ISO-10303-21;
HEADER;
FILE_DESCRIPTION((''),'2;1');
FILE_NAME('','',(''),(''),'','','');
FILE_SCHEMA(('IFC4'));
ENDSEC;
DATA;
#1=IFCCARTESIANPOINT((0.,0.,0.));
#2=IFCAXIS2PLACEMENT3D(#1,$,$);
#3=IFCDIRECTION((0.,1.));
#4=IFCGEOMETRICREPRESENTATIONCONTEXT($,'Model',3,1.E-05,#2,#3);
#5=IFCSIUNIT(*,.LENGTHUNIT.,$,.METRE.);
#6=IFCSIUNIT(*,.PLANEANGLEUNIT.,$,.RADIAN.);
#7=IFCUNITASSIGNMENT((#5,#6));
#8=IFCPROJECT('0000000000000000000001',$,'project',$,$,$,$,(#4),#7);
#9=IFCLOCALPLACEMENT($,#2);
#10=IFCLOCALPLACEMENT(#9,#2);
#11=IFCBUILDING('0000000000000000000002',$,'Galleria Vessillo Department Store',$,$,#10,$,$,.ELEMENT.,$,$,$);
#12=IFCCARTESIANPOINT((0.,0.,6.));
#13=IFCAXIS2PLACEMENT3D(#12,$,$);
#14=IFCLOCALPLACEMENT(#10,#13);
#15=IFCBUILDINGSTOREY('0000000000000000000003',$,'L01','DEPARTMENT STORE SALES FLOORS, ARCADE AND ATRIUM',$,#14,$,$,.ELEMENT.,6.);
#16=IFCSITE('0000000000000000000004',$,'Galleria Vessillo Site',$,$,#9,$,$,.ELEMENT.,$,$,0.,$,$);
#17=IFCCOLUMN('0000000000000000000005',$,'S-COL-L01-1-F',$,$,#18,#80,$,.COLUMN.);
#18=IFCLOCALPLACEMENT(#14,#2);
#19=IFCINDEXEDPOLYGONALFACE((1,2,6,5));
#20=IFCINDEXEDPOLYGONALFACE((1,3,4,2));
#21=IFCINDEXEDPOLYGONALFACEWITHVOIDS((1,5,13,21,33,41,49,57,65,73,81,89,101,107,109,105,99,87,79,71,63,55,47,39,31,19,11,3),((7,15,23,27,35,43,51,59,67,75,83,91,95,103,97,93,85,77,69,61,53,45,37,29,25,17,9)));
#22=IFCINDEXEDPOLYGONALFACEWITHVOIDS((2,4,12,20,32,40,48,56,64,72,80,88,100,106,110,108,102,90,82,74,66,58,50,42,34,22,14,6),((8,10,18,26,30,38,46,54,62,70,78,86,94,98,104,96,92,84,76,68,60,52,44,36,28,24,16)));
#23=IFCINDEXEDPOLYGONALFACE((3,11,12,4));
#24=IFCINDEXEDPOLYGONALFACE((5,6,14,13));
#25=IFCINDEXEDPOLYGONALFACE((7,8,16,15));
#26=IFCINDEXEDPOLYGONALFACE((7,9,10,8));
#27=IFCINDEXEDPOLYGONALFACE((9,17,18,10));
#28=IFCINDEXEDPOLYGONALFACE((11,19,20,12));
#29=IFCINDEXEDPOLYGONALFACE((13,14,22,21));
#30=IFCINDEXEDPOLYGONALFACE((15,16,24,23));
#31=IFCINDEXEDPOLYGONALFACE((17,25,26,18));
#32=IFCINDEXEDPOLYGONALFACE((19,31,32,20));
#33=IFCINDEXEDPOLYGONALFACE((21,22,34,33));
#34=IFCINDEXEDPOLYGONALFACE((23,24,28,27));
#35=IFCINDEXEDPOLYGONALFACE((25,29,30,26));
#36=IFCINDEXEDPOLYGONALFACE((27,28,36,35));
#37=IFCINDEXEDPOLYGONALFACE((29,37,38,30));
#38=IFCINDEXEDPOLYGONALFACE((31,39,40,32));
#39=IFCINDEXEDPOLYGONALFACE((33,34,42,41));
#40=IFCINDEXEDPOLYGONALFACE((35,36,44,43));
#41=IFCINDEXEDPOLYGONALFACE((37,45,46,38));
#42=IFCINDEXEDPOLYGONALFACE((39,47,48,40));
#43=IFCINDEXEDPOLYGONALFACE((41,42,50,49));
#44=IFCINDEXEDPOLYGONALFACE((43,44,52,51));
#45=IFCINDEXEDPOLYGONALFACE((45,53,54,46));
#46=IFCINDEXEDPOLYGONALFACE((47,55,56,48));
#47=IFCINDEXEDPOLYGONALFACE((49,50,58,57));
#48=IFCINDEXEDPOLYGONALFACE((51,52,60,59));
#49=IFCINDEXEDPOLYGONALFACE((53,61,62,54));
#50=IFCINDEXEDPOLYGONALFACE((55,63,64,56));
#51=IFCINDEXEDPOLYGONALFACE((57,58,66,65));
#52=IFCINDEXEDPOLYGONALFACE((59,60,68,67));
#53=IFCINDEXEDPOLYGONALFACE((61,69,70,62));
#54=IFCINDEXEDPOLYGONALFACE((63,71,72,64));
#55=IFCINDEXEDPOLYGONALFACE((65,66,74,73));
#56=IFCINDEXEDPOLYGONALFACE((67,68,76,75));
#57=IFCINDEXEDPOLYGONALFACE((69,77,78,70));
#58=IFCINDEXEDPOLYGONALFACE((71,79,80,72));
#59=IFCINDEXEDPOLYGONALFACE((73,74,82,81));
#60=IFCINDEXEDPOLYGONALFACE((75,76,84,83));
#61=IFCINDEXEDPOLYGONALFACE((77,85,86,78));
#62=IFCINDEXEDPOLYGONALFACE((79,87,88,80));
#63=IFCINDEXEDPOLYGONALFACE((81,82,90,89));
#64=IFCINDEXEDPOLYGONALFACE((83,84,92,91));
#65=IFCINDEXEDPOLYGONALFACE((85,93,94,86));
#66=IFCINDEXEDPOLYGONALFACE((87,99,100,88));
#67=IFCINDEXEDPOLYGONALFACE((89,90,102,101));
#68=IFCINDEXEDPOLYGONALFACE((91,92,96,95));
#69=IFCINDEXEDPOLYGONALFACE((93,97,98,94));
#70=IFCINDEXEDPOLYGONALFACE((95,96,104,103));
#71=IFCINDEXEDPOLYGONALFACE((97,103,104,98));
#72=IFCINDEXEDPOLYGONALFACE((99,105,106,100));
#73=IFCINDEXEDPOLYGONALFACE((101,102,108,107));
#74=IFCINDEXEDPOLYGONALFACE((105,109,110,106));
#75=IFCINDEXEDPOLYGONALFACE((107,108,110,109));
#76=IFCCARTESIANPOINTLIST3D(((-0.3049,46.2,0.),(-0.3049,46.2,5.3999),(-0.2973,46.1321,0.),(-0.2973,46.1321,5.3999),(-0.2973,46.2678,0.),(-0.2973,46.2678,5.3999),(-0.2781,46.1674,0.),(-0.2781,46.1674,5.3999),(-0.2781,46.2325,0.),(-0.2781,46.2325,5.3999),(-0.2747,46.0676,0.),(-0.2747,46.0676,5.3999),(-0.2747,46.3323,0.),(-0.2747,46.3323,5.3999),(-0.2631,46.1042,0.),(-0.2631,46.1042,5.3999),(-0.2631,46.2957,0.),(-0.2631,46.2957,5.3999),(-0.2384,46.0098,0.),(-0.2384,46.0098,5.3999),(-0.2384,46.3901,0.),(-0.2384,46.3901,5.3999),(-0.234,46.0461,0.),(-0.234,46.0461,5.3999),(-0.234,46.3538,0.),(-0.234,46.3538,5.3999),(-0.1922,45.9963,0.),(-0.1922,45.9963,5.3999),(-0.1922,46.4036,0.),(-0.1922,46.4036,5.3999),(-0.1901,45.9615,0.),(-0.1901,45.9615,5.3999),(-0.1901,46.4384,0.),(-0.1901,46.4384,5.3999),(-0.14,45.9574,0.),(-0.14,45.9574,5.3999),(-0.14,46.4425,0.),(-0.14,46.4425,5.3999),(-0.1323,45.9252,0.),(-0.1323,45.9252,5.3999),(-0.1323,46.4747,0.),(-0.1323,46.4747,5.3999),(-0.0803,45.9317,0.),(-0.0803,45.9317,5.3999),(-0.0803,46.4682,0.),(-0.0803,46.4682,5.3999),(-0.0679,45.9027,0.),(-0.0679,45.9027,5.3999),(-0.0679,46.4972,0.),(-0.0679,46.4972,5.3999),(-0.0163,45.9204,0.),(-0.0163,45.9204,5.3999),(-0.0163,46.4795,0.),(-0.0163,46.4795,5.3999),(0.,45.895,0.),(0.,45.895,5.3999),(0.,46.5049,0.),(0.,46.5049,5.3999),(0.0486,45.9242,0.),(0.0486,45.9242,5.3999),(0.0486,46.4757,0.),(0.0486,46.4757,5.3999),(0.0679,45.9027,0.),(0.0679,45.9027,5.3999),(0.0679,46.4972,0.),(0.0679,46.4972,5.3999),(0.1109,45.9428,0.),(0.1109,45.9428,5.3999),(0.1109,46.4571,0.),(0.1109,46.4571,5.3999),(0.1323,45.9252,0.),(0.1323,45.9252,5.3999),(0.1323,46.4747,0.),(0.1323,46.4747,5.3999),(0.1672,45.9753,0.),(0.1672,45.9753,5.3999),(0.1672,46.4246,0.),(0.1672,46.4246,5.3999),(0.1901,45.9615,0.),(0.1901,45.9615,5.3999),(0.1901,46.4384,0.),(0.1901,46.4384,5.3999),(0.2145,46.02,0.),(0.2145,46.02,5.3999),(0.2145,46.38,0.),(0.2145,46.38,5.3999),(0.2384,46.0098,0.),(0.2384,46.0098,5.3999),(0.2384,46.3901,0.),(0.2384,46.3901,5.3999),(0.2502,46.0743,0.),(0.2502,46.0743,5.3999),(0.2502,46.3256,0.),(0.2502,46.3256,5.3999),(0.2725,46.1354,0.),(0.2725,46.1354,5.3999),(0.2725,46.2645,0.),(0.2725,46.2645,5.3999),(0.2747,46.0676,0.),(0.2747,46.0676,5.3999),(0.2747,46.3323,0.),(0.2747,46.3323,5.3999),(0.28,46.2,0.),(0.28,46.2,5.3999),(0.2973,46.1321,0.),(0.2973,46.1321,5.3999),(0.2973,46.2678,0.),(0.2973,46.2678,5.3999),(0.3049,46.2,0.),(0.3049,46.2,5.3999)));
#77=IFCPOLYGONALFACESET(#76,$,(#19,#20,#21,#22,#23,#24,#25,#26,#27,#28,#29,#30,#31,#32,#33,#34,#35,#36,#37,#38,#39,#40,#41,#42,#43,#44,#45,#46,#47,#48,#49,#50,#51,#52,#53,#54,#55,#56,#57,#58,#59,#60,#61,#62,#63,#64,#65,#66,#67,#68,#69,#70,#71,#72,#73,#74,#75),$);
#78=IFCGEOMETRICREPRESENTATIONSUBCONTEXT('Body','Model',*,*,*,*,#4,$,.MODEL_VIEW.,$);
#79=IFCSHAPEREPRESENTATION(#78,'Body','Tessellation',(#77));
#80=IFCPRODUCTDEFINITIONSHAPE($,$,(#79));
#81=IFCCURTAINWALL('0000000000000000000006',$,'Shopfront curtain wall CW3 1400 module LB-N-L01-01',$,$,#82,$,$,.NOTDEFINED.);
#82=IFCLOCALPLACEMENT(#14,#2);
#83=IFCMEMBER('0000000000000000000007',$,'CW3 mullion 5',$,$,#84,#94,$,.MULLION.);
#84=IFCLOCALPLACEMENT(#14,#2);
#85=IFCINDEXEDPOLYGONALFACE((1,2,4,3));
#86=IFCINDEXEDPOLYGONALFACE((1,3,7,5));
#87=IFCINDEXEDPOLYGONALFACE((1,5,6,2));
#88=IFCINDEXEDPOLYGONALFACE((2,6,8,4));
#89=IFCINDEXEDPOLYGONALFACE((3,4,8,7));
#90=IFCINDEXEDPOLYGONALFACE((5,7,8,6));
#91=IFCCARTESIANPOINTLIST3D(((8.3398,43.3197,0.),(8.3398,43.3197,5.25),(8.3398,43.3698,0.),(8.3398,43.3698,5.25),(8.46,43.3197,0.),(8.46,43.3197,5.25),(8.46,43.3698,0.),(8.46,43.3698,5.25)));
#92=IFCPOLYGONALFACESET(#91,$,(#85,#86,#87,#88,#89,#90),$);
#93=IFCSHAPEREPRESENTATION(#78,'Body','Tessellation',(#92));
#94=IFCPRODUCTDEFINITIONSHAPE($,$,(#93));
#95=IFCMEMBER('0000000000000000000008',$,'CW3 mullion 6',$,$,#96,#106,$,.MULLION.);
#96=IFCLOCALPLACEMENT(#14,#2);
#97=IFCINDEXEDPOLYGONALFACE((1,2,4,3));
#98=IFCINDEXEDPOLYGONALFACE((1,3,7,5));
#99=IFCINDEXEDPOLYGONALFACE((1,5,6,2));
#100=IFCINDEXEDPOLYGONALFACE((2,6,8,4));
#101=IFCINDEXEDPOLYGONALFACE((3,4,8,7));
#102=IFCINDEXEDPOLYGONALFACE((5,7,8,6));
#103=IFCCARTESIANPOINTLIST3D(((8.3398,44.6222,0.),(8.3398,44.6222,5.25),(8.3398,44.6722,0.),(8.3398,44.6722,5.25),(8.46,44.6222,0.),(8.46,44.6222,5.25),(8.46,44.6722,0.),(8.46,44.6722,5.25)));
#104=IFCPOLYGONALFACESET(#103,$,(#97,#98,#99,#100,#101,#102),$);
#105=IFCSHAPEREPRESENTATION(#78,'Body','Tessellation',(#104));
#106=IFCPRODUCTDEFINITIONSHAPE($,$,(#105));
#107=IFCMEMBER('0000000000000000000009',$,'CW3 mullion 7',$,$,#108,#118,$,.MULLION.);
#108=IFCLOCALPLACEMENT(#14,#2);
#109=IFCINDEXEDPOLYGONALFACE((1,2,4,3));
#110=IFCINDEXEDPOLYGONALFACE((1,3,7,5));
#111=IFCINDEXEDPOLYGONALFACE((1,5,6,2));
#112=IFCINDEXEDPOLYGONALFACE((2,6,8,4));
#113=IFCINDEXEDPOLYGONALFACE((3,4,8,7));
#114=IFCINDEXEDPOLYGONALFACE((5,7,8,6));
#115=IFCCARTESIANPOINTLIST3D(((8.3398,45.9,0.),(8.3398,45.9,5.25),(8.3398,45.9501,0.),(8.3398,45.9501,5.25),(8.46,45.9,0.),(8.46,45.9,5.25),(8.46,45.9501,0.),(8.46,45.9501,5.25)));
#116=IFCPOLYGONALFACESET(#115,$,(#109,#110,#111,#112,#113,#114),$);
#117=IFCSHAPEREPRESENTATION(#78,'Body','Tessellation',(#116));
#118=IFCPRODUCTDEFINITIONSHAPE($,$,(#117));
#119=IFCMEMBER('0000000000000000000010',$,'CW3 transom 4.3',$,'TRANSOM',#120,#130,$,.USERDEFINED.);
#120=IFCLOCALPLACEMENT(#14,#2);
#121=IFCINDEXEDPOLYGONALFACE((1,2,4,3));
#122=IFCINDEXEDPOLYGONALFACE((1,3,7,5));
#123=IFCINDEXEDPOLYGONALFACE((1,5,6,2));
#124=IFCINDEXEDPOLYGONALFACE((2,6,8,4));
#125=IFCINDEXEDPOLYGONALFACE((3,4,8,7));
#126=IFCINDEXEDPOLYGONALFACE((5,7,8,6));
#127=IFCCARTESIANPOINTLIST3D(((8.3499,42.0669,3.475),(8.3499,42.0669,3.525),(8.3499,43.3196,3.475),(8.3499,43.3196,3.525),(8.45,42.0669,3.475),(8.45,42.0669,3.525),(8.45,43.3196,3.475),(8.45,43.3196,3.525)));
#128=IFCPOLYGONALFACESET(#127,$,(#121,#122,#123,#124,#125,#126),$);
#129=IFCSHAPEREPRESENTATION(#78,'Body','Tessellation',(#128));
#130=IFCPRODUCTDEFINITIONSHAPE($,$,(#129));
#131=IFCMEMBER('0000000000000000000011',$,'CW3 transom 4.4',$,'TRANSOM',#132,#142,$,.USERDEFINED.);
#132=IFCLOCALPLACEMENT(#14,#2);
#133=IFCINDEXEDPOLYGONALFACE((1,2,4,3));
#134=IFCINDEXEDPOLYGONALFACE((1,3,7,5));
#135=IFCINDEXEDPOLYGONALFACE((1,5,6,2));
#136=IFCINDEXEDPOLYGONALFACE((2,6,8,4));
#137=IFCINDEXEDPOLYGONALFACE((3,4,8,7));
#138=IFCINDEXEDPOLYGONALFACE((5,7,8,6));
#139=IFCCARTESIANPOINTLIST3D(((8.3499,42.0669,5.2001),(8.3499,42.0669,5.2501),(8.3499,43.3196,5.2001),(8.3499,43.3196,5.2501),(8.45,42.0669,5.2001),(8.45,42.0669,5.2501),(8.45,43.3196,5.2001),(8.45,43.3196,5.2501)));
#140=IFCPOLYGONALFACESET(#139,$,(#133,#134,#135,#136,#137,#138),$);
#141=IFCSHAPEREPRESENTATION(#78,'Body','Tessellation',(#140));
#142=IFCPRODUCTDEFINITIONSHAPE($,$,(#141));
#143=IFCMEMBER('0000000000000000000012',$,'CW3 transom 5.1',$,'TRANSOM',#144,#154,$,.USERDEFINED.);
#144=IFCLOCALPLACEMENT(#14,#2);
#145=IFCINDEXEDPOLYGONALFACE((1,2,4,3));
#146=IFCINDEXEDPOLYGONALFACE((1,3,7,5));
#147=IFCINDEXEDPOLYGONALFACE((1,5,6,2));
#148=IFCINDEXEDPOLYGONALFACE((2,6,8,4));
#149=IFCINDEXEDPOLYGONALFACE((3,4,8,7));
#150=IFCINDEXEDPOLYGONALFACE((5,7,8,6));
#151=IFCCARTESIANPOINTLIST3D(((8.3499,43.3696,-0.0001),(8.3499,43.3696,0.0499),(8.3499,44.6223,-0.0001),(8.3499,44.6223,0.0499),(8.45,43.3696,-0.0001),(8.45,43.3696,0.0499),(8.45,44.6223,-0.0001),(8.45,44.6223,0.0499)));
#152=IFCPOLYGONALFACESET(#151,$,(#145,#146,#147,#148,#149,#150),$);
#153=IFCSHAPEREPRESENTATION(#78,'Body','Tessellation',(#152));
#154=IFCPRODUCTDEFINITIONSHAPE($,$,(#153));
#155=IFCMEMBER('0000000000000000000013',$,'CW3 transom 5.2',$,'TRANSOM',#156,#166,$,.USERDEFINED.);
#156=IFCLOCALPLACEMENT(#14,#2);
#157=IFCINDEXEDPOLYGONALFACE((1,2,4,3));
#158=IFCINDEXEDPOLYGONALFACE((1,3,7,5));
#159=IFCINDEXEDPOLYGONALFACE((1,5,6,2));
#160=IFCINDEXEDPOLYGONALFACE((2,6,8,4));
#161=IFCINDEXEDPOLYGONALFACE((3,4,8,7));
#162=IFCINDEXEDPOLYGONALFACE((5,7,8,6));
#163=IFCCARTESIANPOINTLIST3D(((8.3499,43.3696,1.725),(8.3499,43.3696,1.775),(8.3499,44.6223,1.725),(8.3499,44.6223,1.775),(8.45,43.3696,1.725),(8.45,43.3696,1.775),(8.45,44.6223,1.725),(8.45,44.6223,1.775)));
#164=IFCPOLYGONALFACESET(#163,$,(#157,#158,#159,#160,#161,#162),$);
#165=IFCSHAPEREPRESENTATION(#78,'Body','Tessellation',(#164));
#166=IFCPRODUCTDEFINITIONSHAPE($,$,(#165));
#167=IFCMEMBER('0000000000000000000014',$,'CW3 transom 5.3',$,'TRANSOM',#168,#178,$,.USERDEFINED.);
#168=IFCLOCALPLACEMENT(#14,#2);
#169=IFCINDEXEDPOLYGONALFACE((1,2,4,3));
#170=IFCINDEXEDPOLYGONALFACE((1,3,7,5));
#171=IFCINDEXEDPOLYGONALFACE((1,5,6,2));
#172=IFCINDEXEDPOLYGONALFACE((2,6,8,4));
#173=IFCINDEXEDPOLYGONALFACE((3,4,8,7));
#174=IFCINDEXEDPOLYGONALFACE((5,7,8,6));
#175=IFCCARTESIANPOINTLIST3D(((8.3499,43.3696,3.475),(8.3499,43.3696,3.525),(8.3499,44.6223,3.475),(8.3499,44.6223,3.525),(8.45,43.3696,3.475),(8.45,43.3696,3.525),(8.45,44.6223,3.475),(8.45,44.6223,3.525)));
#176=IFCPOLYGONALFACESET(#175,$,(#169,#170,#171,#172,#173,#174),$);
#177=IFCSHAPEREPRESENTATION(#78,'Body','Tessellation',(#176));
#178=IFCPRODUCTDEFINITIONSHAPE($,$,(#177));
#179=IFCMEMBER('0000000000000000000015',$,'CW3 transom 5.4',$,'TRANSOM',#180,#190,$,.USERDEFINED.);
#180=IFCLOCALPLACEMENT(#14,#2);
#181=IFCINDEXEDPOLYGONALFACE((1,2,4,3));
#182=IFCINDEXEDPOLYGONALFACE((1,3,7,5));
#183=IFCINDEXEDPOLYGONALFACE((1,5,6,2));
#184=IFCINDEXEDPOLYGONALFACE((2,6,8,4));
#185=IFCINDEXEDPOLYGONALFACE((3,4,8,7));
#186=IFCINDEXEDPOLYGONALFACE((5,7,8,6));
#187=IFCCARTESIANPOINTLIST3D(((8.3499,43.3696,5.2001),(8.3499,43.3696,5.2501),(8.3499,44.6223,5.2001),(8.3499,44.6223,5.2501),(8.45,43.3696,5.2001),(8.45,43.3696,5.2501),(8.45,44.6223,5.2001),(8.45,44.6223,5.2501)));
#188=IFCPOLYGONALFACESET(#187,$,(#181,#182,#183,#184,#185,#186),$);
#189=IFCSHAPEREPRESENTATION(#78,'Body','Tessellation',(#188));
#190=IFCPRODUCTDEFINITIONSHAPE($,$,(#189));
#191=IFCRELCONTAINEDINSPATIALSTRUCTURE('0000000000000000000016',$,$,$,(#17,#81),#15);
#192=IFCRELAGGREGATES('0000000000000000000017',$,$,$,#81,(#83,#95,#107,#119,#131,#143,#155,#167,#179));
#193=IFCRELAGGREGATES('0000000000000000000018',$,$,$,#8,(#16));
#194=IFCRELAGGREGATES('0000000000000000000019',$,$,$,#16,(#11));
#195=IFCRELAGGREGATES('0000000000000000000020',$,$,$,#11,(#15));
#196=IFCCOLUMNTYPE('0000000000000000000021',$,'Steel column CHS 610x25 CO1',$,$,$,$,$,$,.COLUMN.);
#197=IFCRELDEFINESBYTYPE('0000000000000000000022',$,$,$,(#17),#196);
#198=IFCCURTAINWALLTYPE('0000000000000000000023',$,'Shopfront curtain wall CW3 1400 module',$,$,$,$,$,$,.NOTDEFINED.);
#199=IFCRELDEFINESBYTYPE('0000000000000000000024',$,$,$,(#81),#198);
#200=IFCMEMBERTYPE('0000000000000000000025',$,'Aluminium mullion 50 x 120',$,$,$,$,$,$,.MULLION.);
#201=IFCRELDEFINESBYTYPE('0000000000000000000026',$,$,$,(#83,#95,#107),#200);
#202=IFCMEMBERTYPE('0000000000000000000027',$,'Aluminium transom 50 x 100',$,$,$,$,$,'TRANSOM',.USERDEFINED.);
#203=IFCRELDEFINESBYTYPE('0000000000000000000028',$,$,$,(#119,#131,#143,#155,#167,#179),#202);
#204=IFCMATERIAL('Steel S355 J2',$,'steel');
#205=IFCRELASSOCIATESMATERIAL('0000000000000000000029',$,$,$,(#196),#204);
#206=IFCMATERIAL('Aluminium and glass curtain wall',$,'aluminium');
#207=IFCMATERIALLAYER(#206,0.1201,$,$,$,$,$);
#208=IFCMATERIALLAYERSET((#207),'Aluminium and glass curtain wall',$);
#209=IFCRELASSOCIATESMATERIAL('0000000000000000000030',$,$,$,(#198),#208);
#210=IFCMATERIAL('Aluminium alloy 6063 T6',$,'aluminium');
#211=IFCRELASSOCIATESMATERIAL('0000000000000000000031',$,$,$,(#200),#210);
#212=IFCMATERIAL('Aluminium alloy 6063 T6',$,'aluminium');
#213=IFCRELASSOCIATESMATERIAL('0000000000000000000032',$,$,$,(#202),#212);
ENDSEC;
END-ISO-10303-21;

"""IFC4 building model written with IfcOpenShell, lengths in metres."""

from ifc_helpers import new_model, si_unit, direction, frame, origin, origin_2d, place, context, subcontext, project, spatial, rectangle, hollow_circle, extrude, material, layer, layer_set, material_profile, profile_set, type_object, element, aggregate, save


model = new_model("IFC4")

# Units and contexts
model_context = context("Model", 3, precision=1e-05, world=origin(), true_north=direction((0.0, 1.0)))
body_context = subcontext(model_context, "Body", "Model", "MODEL_VIEW")
ifc_project = project(units=[si_unit("LENGTHUNIT", "METRE"), si_unit("PLANEANGLEUNIT", "RADIAN")], contexts=[model_context])

# Site, building, storey
site_placement = place(None, origin())
site = spatial("IfcSite", under=ifc_project, at=site_placement, Name="Galleria Vessillo Site", CompositionType="ELEMENT", RefElevation=0.0)
building_placement = place(site_placement, origin())
building = spatial("IfcBuilding", under=site, at=building_placement, Name="Galleria Vessillo Department Store", CompositionType="ELEMENT")
storey_placement = place(building_placement, frame((0.0, 0.0, 6.0)))
storey = spatial("IfcBuildingStorey", under=building, at=storey_placement, Name="L01", Description="DEPARTMENT STORE SALES FLOORS, ARCADE AND ATRIUM", CompositionType="ELEMENT", Elevation=6.0)

# Column
ifc_material_1 = material(Name="Steel S355 J2", Category="steel")
ifc_material_profile_1 = material_profile(ifc_material_1, hollow_circle(Radius=0.3049, WallThickness=0.0249, at=origin_2d()), Name="CHS 610x25")
ifc_profile_set_1 = profile_set([ifc_material_profile_1], Name="Steel S355 J2")
column_type = type_object("IfcColumnType", Name="Steel column CHS 610x25 CO1", PredefinedType="COLUMN", material=ifc_profile_set_1)
column_placement = place(storey_placement, frame((0.0, 46.2, 0.0), z_axis=(0.0, 0.0, 1.0), x_axis=(1.0, 0.0, 0.0)))
element("IfcColumn", 1, at=column_placement, inside=storey, type_object=column_type, Name="S-COL-L01-1-F", PredefinedType="COLUMN", context=body_context, shape_type="SweptSolid", body=[
    extrude(hollow_circle(Radius=0.3049, WallThickness=0.0249, at=origin_2d()), origin(), (0.0, 0.0, 1.0), 5.3999),
])

# Curtain wall, members
ifc_material_2 = material(Name="Aluminium and glass curtain wall", Category="aluminium")
ifc_layer_1 = layer(ifc_material_2, 0.1201)
ifc_layer_set_1 = layer_set([ifc_layer_1], Name="Aluminium and glass curtain wall")
curtain_wall_type = type_object("IfcCurtainWallType", Name="Shopfront curtain wall CW3 1400 module", PredefinedType="NOTDEFINED", material=ifc_layer_set_1)
curtain_wall_placement = place(storey_placement, origin())
curtain_wall = element("IfcCurtainWall", 2, at=curtain_wall_placement, inside=storey, type_object=curtain_wall_type, Name="Shopfront curtain wall CW3 1400 module LB-N-L01-01", PredefinedType="NOTDEFINED")
ifc_material_3 = material(Name="Aluminium alloy 6063 T6", Category="aluminium")
ifc_material_profile_2 = material_profile(ifc_material_3, rectangle(XDim=0.1201, YDim=0.05, at=origin_2d()), Name="AL 50x120")
ifc_profile_set_2 = profile_set([ifc_material_profile_2], Name="Aluminium alloy 6063 T6")
member_type_1 = type_object("IfcMemberType", Name="Aluminium mullion 50 x 120", PredefinedType="MULLION", material=ifc_profile_set_2)
member_1_placement = place(storey_placement, frame((8.3999, 43.3447, 0.0), z_axis=(0.0, 0.0, 1.0), x_axis=(-1.0, 0.0, 0.0)))
member_1 = element("IfcMember", 3, at=member_1_placement, type_object=member_type_1, Name="CW3 mullion 5", PredefinedType="MULLION", context=body_context, shape_type="SweptSolid", body=[
    extrude(rectangle(XDim=0.1201, YDim=0.05, at=origin_2d()), origin(), (0.0, 0.0, 1.0), 5.25),
])
member_2_placement = place(storey_placement, frame((8.3999, 44.6472, 0.0), z_axis=(0.0, 0.0, 1.0), x_axis=(-1.0, 0.0, 0.0)))
member_2 = element("IfcMember", 4, at=member_2_placement, type_object=member_type_1, Name="CW3 mullion 6", PredefinedType="MULLION", context=body_context, shape_type="SweptSolid", body=[
    extrude(rectangle(XDim=0.1201, YDim=0.05, at=origin_2d()), origin(), (0.0, 0.0, 1.0), 5.25),
])
member_3_placement = place(storey_placement, frame((8.3999, 45.925, 0.0), z_axis=(0.0, 0.0, 1.0), x_axis=(-1.0, 0.0, 0.0)))
member_3 = element("IfcMember", 5, at=member_3_placement, type_object=member_type_1, Name="CW3 mullion 7", PredefinedType="MULLION", context=body_context, shape_type="SweptSolid", body=[
    extrude(rectangle(XDim=0.1201, YDim=0.05, at=origin_2d()), origin(), (0.0, 0.0, 1.0), 5.25),
])
ifc_material_4 = material(Name="Aluminium alloy 6063 T6", Category="aluminium")
ifc_material_profile_3 = material_profile(ifc_material_4, rectangle(XDim=0.1001, YDim=0.05, at=origin_2d()), Name="AL 50x100")
ifc_profile_set_3 = profile_set([ifc_material_profile_3], Name="Aluminium alloy 6063 T6")
member_type_2 = type_object("IfcMemberType", Name="Aluminium transom 50 x 100", ElementType="TRANSOM", PredefinedType="USERDEFINED", material=ifc_profile_set_3)
member_4_placement = place(storey_placement, frame((8.3999, 42.0669, 3.5), z_axis=(0.0, 1.0, 0.0), x_axis=(-1.0, 0.0, 0.0)))
member_4 = element("IfcMember", 6, at=member_4_placement, type_object=member_type_2, Name="CW3 transom 4.3", ObjectType="TRANSOM", PredefinedType="USERDEFINED", context=body_context, shape_type="SweptSolid", body=[
    extrude(rectangle(XDim=0.1001, YDim=0.05, at=origin_2d()), origin(), (0.0, 0.0, 1.0), 1.2527),
])
member_5_placement = place(storey_placement, frame((8.3999, 42.0669, 5.2251), z_axis=(0.0, 1.0, 0.0), x_axis=(-1.0, 0.0, 0.0)))
member_5 = element("IfcMember", 7, at=member_5_placement, type_object=member_type_2, Name="CW3 transom 4.4", ObjectType="TRANSOM", PredefinedType="USERDEFINED", context=body_context, shape_type="SweptSolid", body=[
    extrude(rectangle(XDim=0.1001, YDim=0.05, at=origin_2d()), origin(), (0.0, 0.0, 1.0), 1.2527),
])
member_6_placement = place(storey_placement, frame((8.3999, 43.3696, 0.0249), z_axis=(0.0, 1.0, 0.0), x_axis=(-1.0, 0.0, 0.0)))
member_6 = element("IfcMember", 8, at=member_6_placement, type_object=member_type_2, Name="CW3 transom 5.1", ObjectType="TRANSOM", PredefinedType="USERDEFINED", context=body_context, shape_type="SweptSolid", body=[
    extrude(rectangle(XDim=0.1001, YDim=0.05, at=origin_2d()), origin(), (0.0, 0.0, 1.0), 1.2527),
])
member_7_placement = place(storey_placement, frame((8.3999, 43.3696, 1.75), z_axis=(0.0, 1.0, 0.0), x_axis=(-1.0, 0.0, 0.0)))
member_7 = element("IfcMember", 9, at=member_7_placement, type_object=member_type_2, Name="CW3 transom 5.2", ObjectType="TRANSOM", PredefinedType="USERDEFINED", context=body_context, shape_type="SweptSolid", body=[
    extrude(rectangle(XDim=0.1001, YDim=0.05, at=origin_2d()), origin(), (0.0, 0.0, 1.0), 1.2527),
])
member_8_placement = place(storey_placement, frame((8.3999, 43.3696, 3.5), z_axis=(0.0, 1.0, 0.0), x_axis=(-1.0, 0.0, 0.0)))
member_8 = element("IfcMember", 10, at=member_8_placement, type_object=member_type_2, Name="CW3 transom 5.3", ObjectType="TRANSOM", PredefinedType="USERDEFINED", context=body_context, shape_type="SweptSolid", body=[
    extrude(rectangle(XDim=0.1001, YDim=0.05, at=origin_2d()), origin(), (0.0, 0.0, 1.0), 1.2527),
])
member_9_placement = place(storey_placement, frame((8.3999, 43.3696, 5.2251), z_axis=(0.0, 1.0, 0.0), x_axis=(-1.0, 0.0, 0.0)))
member_9 = element("IfcMember", 11, at=member_9_placement, type_object=member_type_2, Name="CW3 transom 5.4", ObjectType="TRANSOM", PredefinedType="USERDEFINED", context=body_context, shape_type="SweptSolid", body=[
    extrude(rectangle(XDim=0.1001, YDim=0.05, at=origin_2d()), origin(), (0.0, 0.0, 1.0), 1.2527),
])
aggregate(curtain_wall, [member_1, member_2, member_3, member_4, member_5, member_6, member_7, member_8, member_9])

save(model, "model.ifc")
